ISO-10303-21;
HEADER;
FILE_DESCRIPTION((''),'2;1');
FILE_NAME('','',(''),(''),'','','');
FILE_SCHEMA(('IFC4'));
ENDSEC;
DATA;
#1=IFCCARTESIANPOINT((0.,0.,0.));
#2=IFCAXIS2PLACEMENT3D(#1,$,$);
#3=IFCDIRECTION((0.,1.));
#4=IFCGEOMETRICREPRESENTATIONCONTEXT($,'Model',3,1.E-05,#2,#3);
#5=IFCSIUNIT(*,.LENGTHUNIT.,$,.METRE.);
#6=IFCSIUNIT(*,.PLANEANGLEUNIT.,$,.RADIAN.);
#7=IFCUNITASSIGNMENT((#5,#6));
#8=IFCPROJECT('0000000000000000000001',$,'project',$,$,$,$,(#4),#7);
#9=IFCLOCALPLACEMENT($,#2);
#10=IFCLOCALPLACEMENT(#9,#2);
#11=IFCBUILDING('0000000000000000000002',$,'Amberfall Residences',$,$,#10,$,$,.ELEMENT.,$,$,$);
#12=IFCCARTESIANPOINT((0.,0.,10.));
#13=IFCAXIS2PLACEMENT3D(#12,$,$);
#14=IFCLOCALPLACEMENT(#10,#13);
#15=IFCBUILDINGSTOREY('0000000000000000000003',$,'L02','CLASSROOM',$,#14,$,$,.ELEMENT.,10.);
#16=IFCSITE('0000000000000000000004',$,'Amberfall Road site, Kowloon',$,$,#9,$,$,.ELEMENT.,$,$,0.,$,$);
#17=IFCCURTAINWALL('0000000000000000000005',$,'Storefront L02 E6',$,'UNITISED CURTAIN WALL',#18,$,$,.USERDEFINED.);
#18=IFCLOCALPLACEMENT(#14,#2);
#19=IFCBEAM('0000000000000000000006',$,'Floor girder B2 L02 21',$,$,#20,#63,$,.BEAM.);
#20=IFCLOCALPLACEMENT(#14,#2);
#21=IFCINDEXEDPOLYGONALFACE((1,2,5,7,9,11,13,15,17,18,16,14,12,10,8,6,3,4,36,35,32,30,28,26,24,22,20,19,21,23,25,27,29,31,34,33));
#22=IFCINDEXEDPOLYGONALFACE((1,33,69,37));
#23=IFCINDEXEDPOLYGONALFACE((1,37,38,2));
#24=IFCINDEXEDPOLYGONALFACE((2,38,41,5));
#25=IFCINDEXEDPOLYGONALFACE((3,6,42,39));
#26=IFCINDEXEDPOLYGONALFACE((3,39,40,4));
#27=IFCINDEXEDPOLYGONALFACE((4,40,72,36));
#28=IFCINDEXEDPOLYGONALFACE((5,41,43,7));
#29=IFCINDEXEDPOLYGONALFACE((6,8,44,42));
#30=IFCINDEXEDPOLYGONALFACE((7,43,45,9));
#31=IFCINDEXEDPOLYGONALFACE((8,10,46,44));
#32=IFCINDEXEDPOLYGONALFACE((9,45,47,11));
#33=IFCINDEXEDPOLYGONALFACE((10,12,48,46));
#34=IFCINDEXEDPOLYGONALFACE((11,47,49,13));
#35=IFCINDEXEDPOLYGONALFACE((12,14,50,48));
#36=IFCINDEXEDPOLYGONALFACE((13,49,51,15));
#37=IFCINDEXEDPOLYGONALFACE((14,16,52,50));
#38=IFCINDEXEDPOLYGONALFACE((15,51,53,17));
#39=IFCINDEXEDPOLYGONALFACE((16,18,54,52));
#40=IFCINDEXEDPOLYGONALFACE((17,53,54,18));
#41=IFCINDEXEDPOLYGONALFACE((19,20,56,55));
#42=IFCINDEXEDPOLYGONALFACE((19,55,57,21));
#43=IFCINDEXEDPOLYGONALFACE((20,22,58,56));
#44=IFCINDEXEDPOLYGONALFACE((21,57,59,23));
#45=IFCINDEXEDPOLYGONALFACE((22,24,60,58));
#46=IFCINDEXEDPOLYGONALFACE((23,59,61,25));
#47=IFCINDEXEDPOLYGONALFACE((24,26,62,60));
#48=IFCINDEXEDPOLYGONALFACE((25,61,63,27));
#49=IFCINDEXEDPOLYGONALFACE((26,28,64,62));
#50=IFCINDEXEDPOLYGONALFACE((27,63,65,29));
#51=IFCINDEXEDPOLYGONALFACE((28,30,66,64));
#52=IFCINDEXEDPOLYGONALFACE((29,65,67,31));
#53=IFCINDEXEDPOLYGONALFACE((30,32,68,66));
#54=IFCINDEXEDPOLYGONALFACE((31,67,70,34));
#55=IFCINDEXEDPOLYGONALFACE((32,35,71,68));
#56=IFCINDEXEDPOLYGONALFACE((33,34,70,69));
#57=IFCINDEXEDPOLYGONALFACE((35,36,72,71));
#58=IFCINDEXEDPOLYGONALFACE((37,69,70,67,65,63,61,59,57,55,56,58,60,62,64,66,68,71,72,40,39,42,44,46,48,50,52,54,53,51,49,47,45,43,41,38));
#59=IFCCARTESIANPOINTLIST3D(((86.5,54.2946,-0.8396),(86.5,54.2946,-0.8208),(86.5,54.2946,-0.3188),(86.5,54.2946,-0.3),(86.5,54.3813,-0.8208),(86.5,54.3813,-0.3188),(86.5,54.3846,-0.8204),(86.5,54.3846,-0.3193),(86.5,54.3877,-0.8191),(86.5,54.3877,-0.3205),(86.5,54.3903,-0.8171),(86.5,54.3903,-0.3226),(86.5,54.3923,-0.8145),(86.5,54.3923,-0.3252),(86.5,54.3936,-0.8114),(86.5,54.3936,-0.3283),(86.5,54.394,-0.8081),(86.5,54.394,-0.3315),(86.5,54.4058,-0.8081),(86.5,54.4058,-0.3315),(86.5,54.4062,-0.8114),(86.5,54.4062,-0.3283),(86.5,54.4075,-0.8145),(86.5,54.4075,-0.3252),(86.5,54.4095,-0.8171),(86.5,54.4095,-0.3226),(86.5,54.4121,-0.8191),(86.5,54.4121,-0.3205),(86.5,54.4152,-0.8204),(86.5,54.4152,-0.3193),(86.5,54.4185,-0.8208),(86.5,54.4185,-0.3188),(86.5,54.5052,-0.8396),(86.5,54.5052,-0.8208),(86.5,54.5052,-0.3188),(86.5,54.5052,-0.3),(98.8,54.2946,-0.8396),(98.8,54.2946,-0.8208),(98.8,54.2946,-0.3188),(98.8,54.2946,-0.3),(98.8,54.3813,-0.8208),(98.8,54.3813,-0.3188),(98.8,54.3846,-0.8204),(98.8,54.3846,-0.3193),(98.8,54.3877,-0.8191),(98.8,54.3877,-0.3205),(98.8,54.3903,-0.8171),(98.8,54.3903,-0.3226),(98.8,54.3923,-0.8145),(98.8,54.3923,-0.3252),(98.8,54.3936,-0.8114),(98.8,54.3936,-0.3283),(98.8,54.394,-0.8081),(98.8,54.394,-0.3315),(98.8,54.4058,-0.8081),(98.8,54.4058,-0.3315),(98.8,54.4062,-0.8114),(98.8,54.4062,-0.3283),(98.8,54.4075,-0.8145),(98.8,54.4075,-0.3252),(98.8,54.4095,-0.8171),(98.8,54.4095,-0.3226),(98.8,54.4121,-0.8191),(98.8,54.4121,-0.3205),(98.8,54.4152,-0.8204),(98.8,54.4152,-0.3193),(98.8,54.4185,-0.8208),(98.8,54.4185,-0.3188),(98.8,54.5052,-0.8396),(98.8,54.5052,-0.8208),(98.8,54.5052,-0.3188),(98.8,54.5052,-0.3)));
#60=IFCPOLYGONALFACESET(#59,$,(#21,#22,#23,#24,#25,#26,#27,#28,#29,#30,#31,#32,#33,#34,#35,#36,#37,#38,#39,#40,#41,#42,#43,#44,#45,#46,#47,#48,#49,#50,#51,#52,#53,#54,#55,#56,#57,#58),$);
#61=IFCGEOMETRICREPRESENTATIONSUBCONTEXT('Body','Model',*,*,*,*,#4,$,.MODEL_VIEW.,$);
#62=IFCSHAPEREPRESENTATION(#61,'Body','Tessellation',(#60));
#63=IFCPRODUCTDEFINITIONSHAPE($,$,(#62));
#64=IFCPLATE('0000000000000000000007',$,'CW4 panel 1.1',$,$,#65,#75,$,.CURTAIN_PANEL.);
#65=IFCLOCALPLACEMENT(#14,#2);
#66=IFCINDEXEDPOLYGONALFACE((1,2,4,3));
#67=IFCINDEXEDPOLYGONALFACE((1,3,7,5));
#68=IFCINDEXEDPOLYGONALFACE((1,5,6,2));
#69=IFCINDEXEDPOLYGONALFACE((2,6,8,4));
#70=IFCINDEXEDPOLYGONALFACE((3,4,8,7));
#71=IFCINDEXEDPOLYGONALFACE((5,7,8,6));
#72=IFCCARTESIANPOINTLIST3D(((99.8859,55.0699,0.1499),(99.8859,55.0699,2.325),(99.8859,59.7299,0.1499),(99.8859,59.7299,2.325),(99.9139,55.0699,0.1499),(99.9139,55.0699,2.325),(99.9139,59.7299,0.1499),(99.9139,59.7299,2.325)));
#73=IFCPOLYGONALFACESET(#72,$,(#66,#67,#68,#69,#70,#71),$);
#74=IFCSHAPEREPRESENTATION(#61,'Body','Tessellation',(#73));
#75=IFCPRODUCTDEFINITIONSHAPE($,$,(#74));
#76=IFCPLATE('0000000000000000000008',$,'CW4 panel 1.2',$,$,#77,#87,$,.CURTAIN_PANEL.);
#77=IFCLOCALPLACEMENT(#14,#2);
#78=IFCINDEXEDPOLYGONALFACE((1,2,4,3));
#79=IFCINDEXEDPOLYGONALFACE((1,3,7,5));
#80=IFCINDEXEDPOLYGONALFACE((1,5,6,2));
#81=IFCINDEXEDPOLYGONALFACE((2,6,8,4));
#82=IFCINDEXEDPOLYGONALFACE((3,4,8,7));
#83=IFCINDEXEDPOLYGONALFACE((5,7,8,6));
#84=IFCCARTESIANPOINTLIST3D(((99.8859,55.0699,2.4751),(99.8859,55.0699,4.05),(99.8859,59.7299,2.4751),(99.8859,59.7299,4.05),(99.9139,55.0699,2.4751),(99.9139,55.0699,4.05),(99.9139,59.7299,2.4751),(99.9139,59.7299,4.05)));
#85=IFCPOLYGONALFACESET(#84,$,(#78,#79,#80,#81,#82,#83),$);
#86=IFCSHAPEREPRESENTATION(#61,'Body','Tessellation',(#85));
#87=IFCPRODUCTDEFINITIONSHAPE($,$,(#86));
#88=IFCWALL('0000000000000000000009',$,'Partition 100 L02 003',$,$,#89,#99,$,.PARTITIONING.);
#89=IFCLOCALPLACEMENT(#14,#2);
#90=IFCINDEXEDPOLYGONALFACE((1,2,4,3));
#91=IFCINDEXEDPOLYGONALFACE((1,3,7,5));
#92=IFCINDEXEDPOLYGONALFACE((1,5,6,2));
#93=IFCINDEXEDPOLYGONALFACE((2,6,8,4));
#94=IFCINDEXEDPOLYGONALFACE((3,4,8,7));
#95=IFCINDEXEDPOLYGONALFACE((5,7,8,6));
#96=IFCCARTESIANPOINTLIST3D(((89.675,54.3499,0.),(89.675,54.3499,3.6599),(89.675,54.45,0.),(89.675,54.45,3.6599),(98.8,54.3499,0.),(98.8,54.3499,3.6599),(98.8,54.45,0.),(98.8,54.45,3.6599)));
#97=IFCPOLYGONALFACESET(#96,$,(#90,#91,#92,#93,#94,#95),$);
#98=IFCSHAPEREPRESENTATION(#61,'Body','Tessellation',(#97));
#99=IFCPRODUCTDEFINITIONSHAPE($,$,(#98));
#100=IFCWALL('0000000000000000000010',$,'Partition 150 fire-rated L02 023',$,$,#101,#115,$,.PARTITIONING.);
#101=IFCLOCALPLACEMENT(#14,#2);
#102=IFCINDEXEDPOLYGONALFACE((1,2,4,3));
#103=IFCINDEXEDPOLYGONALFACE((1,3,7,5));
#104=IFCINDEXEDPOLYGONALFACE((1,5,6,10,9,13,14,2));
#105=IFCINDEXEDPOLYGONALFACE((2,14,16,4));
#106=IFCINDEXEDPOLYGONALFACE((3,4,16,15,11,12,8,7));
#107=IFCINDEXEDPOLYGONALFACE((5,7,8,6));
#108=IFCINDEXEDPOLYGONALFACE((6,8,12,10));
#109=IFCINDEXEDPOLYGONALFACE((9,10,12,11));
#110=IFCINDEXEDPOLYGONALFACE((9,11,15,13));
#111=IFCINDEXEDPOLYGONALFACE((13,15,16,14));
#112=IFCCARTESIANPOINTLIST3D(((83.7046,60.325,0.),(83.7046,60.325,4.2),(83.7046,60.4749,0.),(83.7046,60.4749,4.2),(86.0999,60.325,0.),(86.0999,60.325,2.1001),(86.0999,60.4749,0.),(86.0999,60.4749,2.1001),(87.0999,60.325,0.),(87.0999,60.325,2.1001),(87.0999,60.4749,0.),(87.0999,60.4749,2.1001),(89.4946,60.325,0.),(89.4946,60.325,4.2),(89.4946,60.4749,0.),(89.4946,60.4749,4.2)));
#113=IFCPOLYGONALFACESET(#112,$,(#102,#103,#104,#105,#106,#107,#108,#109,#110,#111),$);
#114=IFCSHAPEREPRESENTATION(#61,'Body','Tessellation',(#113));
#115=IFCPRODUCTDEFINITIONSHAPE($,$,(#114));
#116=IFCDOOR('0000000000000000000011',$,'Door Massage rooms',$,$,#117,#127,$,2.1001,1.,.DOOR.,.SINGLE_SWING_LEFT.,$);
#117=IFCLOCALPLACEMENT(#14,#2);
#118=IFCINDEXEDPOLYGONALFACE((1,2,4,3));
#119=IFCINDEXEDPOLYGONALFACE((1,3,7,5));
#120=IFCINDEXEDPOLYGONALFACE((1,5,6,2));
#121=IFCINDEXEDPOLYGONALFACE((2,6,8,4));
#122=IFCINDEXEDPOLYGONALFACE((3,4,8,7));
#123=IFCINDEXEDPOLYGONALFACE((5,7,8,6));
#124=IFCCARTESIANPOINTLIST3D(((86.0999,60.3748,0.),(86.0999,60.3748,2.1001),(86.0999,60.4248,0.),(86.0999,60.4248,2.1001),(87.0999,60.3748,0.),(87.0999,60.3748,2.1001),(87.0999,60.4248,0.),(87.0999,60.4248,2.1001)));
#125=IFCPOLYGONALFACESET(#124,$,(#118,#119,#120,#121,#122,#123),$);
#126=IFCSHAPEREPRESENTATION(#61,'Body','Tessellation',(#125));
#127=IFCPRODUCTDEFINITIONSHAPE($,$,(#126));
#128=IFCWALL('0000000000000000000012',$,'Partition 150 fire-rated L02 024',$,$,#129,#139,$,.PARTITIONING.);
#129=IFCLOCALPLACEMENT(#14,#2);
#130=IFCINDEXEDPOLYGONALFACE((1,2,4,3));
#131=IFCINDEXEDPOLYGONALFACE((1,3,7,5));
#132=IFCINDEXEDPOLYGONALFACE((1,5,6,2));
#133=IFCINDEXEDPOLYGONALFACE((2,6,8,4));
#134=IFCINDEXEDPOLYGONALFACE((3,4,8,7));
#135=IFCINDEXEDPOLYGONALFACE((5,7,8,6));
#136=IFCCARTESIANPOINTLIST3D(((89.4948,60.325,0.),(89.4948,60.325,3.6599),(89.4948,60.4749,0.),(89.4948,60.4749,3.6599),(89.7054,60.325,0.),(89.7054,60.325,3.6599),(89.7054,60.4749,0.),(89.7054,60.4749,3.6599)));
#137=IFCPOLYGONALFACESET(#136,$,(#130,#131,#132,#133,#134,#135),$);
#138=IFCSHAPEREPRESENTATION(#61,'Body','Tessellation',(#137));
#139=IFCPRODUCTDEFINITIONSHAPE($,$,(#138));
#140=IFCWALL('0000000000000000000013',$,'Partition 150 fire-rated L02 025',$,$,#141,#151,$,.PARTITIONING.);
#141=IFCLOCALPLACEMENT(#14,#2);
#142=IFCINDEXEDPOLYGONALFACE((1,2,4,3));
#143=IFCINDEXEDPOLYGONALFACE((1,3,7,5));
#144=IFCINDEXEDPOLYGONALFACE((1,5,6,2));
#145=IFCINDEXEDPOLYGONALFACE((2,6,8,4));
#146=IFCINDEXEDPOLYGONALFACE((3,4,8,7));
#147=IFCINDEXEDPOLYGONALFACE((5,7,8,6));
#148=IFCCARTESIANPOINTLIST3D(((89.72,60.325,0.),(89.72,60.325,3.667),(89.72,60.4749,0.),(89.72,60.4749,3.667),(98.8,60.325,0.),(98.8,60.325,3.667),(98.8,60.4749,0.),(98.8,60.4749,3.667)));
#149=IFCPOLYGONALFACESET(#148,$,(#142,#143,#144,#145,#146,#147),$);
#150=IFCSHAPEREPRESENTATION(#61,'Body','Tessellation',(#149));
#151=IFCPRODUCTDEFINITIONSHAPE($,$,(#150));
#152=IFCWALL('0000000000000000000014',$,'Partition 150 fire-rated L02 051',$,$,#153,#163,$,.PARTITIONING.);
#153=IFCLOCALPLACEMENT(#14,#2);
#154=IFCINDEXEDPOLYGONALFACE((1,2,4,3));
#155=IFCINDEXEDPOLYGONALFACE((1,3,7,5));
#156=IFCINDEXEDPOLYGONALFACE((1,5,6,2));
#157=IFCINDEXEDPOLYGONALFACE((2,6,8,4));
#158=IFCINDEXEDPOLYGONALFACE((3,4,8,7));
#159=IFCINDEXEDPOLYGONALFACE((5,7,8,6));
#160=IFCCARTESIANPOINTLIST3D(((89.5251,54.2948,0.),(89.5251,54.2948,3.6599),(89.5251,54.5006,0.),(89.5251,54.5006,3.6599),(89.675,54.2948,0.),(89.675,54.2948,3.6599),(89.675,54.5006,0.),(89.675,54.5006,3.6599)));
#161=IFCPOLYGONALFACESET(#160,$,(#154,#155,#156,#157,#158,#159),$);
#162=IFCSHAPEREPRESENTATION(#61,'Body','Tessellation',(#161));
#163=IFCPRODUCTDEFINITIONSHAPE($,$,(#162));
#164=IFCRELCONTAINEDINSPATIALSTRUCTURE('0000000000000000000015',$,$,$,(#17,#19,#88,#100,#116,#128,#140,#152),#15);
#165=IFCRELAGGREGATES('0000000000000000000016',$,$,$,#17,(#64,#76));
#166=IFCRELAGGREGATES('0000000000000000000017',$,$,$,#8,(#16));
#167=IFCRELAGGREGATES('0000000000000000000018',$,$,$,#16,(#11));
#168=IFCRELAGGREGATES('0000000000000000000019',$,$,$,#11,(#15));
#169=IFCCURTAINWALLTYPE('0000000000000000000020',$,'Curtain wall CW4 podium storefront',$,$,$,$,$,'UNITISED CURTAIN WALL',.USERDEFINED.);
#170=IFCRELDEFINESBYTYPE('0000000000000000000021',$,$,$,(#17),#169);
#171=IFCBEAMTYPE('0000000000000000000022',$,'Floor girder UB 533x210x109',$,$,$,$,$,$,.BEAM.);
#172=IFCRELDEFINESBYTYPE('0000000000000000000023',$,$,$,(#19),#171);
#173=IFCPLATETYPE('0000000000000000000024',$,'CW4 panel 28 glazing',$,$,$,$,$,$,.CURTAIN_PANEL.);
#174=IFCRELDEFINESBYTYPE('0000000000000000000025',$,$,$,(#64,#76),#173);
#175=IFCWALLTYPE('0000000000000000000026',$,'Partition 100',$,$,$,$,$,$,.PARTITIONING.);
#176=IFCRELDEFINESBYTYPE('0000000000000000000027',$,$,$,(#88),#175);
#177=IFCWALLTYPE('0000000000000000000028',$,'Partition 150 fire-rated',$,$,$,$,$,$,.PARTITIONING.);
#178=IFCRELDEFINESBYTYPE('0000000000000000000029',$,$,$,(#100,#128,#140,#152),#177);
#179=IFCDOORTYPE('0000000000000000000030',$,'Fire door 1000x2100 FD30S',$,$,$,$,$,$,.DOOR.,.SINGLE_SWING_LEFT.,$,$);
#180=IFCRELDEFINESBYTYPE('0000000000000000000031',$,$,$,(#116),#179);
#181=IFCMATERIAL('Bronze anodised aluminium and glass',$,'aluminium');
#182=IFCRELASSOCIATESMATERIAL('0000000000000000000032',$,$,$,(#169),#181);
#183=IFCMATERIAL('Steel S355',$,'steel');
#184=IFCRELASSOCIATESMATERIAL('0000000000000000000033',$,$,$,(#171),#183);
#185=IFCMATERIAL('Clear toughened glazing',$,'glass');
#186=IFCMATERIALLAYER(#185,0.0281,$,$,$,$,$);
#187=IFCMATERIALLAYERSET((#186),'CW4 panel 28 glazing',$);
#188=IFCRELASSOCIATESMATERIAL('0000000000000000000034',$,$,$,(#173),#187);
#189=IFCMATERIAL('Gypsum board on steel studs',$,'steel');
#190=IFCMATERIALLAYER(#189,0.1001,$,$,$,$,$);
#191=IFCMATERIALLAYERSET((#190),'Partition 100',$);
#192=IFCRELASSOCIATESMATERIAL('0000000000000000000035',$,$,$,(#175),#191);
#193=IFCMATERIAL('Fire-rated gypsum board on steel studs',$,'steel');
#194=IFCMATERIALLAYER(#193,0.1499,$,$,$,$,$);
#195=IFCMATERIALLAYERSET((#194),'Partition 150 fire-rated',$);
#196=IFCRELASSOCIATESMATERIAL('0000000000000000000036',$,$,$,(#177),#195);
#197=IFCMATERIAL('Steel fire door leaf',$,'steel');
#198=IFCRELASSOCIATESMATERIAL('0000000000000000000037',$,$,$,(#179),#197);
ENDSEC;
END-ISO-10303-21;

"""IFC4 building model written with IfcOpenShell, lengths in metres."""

from ifc_helpers import new_model, si_unit, direction, frame, frame_2d, origin, origin_2d, place, context, subcontext, project, spatial, rectangle, i_section, extrude, material, layer, layer_set, material_profile, profile_set, type_object, element, fill, aggregate, save


model = new_model("IFC4")

# Units and contexts
model_context = context("Model", 3, precision=1e-05, world=origin(), true_north=direction((0.0, 1.0)))
body_context = subcontext(model_context, "Body", "Model", "MODEL_VIEW")
ifc_project = project(units=[si_unit("LENGTHUNIT", "METRE"), si_unit("PLANEANGLEUNIT", "RADIAN")], contexts=[model_context])

# Site, building, storey
site_placement = place(None, origin())
site = spatial("IfcSite", under=ifc_project, at=site_placement, Name="Amberfall Road site, Kowloon", CompositionType="ELEMENT", RefElevation=0.0)
building_placement = place(site_placement, origin())
building = spatial("IfcBuilding", under=site, at=building_placement, Name="Amberfall Residences", CompositionType="ELEMENT")
storey_placement = place(building_placement, frame((0.0, 0.0, 10.0)))
storey = spatial("IfcBuildingStorey", under=building, at=storey_placement, Name="L02", Description="CLASSROOM", CompositionType="ELEMENT", Elevation=10.0)

# Shared definitions
ifc_material_1 = material(Name="Bronze anodised aluminium and glass", Category="aluminium")
curtain_wall_type = type_object("IfcCurtainWallType", Name="Curtain wall CW4 podium storefront", ElementType="UNITISED CURTAIN WALL", PredefinedType="USERDEFINED", material=ifc_material_1)

# Curtain wall
curtain_wall_1_placement = place(storey_placement, origin())
curtain_wall_1 = element("IfcCurtainWall", 1, at=curtain_wall_1_placement, inside=storey, type_object=curtain_wall_type, Name="Storefront L02 E6", ObjectType="UNITISED CURTAIN WALL", PredefinedType="USERDEFINED")

# Beam
ifc_material_2 = material(Name="Steel S355", Category="steel")
ifc_material_profile_1 = material_profile(ifc_material_2, i_section(OverallWidth=0.2107, OverallDepth=0.5396, WebThickness=0.0117, FlangeThickness=0.0188, FilletRadius=0.0127, at=origin_2d()), Name="UB 533x210x109")
ifc_profile_set_1 = profile_set([ifc_material_profile_1], Name="Steel S355")
beam_type_1 = type_object("IfcBeamType", Name="Floor girder UB 533x210x109", PredefinedType="BEAM", material=ifc_profile_set_1)
beam_1_placement = place(storey_placement, frame((98.8, 54.3999, -0.5698), z_axis=(-1.0, 0.0, 0.0), x_axis=(0.0, -1.0, 0.0)))
element("IfcBeam", 2, at=beam_1_placement, inside=storey, type_object=beam_type_1, Name="Floor girder B2 L02 21", PredefinedType="BEAM", context=body_context, shape_type="SweptSolid", body=[
    extrude(i_section(OverallWidth=0.2107, OverallDepth=0.5396, WebThickness=0.0117, FlangeThickness=0.0188, FilletRadius=0.0127, at=origin_2d()), origin(), (0.0, 0.0, 1.0), 12.3),
])

# Plates
ifc_material_3 = material(Name="Clear toughened glazing", Category="glass")
ifc_layer_1 = layer(ifc_material_3, 0.0281)
ifc_layer_set_1 = layer_set([ifc_layer_1], Name="CW4 panel 28 glazing")
plate_type = type_object("IfcPlateType", Name="CW4 panel 28 glazing", PredefinedType="CURTAIN_PANEL", material=ifc_layer_set_1)
plate_1_placement = place(storey_placement, frame((99.8999, 57.3999, 0.1499), z_axis=(0.0, 0.0, 1.0), x_axis=(0.0, 1.0, 0.0)))
plate_1 = element("IfcPlate", 3, at=plate_1_placement, type_object=plate_type, Name="CW4 panel 1.1", PredefinedType="CURTAIN_PANEL", context=body_context, shape_type="SweptSolid", body=[
    extrude(rectangle(XDim=4.6599, YDim=0.0281, at=origin_2d()), origin(), (0.0, 0.0, 1.0), 2.175),
])
plate_2_placement = place(storey_placement, frame((99.8999, 57.3999, 2.4751), z_axis=(0.0, 0.0, 1.0), x_axis=(0.0, 1.0, 0.0)))
plate_2 = element("IfcPlate", 4, at=plate_2_placement, type_object=plate_type, Name="CW4 panel 1.2", PredefinedType="CURTAIN_PANEL", context=body_context, shape_type="SweptSolid", body=[
    extrude(rectangle(XDim=4.6599, YDim=0.0281, at=origin_2d()), origin(), (0.0, 0.0, 1.0), 1.575),
])
aggregate(curtain_wall_1, [plate_1, plate_2])

# Wall
ifc_material_4 = material(Name="Gypsum board on steel studs", Category="steel")
ifc_layer_2 = layer(ifc_material_4, 0.1001)
ifc_layer_set_2 = layer_set([ifc_layer_2], Name="Partition 100")
wall_type_1 = type_object("IfcWallType", Name="Partition 100", PredefinedType="PARTITIONING", material=ifc_layer_set_2)
wall_1_placement = place(storey_placement, frame((89.675, 54.3999, 0.0), z_axis=(0.0, 0.0, 1.0), x_axis=(1.0, 0.0, 0.0)))
element("IfcWall", 5, at=wall_1_placement, inside=storey, type_object=wall_type_1, Name="Partition 100 L02 003", PredefinedType="PARTITIONING", context=body_context, shape_type="SweptSolid", body=[
    extrude(rectangle(XDim=9.125, YDim=0.1001, at=frame_2d((4.5625, 0.0))), origin(), (0.0, 0.0, 1.0), 3.6599),
])

# Wall, opening, door
ifc_material_5 = material(Name="Fire-rated gypsum board on steel studs", Category="steel")
ifc_layer_3 = layer(ifc_material_5, 0.1499)
ifc_layer_set_3 = layer_set([ifc_layer_3], Name="Partition 150 fire-rated")
wall_type_2 = type_object("IfcWallType", Name="Partition 150 fire-rated", PredefinedType="PARTITIONING", material=ifc_layer_set_3)
wall_2_placement = place(storey_placement, frame((83.7046, 60.3999, 0.0), z_axis=(0.0, 0.0, 1.0), x_axis=(1.0, 0.0, 0.0)))
wall_2 = element("IfcWall", 6, at=wall_2_placement, inside=storey, type_object=wall_type_2, Name="Partition 150 fire-rated L02 023", PredefinedType="PARTITIONING", context=body_context, shape_type="SweptSolid", body=[
    extrude(rectangle(XDim=5.79, YDim=0.1499, at=frame_2d((2.895, 0.0))), origin(), (0.0, 0.0, 1.0), 4.2),
])
opening_1_placement = place(wall_2_placement, frame((2.3953, 0.0, 0.0)))
opening_1 = element("IfcOpeningElement", 7, at=opening_1_placement, cuts=wall_2, PredefinedType="OPENING", context=body_context, shape_type="SweptSolid", body=[
    extrude(rectangle(XDim=1.0, YDim=2.1001, at=frame_2d((0.5, 1.05))), frame((0.0, 0.085, 0.0), z_axis=(0.0, -1.0, 0.0), x_axis=(1.0, 0.0, 0.0)), (0.0, 0.0, 1.0), 0.1699),
])
ifc_material_6 = material(Name="Steel fire door leaf", Category="steel")
door_type = type_object("IfcDoorType", Name="Fire door 1000x2100 FD30S", OperationType="SINGLE_SWING_LEFT", PredefinedType="DOOR", material=ifc_material_6)
door_1_placement = place(opening_1_placement, origin())
door_1 = element("IfcDoor", 8, at=door_1_placement, inside=storey, type_object=door_type, Name="Door Massage rooms", OperationType="SINGLE_SWING_LEFT", OverallHeight=2.1001, OverallWidth=1.0, PredefinedType="DOOR", context=body_context, shape_type="SweptSolid", body=[
    extrude(rectangle(XDim=1.0, YDim=2.1001, at=frame_2d((0.5, 1.05))), frame((0.0, 0.0249, 0.0), z_axis=(0.0, -1.0, 0.0), x_axis=(1.0, 0.0, 0.0)), (0.0, 0.0, 1.0), 0.05),
])
fill(opening_1, door_1)

# Walls
wall_3_placement = place(storey_placement, frame((89.4946, 60.3999, 0.0), z_axis=(0.0, 0.0, 1.0), x_axis=(1.0, 0.0, 0.0)))
element("IfcWall", 9, at=wall_3_placement, inside=storey, type_object=wall_type_2, Name="Partition 150 fire-rated L02 024", PredefinedType="PARTITIONING", context=body_context, shape_type="SweptSolid", body=[
    extrude(rectangle(XDim=0.2107, YDim=0.1499, at=frame_2d((0.1055, 0.0))), origin(), (0.0, 0.0, 1.0), 3.6599),
])
wall_4_placement = place(storey_placement, frame((89.72, 60.3999, 0.0), z_axis=(0.0, 0.0, 1.0), x_axis=(1.0, 0.0, 0.0)))
element("IfcWall", 10, at=wall_4_placement, inside=storey, type_object=wall_type_2, Name="Partition 150 fire-rated L02 025", PredefinedType="PARTITIONING", context=body_context, shape_type="SweptSolid", body=[
    extrude(rectangle(XDim=9.0801, YDim=0.1499, at=frame_2d((4.54, 0.0))), origin(), (0.0, 0.0, 1.0), 3.667),
])
wall_5_placement = place(storey_placement, frame((89.6001, 54.2947, 0.0), z_axis=(0.0, 0.0, 1.0), x_axis=(0.0, 1.0, 0.0)))
element("IfcWall", 11, at=wall_5_placement, inside=storey, type_object=wall_type_2, Name="Partition 150 fire-rated L02 051", PredefinedType="PARTITIONING", context=body_context, shape_type="SweptSolid", body=[
    extrude(rectangle(XDim=0.2058, YDim=0.1499, at=frame_2d((0.103, 0.0))), origin(), (0.0, 0.0, 1.0), 3.6599),
])

save(model, "model.ifc")
